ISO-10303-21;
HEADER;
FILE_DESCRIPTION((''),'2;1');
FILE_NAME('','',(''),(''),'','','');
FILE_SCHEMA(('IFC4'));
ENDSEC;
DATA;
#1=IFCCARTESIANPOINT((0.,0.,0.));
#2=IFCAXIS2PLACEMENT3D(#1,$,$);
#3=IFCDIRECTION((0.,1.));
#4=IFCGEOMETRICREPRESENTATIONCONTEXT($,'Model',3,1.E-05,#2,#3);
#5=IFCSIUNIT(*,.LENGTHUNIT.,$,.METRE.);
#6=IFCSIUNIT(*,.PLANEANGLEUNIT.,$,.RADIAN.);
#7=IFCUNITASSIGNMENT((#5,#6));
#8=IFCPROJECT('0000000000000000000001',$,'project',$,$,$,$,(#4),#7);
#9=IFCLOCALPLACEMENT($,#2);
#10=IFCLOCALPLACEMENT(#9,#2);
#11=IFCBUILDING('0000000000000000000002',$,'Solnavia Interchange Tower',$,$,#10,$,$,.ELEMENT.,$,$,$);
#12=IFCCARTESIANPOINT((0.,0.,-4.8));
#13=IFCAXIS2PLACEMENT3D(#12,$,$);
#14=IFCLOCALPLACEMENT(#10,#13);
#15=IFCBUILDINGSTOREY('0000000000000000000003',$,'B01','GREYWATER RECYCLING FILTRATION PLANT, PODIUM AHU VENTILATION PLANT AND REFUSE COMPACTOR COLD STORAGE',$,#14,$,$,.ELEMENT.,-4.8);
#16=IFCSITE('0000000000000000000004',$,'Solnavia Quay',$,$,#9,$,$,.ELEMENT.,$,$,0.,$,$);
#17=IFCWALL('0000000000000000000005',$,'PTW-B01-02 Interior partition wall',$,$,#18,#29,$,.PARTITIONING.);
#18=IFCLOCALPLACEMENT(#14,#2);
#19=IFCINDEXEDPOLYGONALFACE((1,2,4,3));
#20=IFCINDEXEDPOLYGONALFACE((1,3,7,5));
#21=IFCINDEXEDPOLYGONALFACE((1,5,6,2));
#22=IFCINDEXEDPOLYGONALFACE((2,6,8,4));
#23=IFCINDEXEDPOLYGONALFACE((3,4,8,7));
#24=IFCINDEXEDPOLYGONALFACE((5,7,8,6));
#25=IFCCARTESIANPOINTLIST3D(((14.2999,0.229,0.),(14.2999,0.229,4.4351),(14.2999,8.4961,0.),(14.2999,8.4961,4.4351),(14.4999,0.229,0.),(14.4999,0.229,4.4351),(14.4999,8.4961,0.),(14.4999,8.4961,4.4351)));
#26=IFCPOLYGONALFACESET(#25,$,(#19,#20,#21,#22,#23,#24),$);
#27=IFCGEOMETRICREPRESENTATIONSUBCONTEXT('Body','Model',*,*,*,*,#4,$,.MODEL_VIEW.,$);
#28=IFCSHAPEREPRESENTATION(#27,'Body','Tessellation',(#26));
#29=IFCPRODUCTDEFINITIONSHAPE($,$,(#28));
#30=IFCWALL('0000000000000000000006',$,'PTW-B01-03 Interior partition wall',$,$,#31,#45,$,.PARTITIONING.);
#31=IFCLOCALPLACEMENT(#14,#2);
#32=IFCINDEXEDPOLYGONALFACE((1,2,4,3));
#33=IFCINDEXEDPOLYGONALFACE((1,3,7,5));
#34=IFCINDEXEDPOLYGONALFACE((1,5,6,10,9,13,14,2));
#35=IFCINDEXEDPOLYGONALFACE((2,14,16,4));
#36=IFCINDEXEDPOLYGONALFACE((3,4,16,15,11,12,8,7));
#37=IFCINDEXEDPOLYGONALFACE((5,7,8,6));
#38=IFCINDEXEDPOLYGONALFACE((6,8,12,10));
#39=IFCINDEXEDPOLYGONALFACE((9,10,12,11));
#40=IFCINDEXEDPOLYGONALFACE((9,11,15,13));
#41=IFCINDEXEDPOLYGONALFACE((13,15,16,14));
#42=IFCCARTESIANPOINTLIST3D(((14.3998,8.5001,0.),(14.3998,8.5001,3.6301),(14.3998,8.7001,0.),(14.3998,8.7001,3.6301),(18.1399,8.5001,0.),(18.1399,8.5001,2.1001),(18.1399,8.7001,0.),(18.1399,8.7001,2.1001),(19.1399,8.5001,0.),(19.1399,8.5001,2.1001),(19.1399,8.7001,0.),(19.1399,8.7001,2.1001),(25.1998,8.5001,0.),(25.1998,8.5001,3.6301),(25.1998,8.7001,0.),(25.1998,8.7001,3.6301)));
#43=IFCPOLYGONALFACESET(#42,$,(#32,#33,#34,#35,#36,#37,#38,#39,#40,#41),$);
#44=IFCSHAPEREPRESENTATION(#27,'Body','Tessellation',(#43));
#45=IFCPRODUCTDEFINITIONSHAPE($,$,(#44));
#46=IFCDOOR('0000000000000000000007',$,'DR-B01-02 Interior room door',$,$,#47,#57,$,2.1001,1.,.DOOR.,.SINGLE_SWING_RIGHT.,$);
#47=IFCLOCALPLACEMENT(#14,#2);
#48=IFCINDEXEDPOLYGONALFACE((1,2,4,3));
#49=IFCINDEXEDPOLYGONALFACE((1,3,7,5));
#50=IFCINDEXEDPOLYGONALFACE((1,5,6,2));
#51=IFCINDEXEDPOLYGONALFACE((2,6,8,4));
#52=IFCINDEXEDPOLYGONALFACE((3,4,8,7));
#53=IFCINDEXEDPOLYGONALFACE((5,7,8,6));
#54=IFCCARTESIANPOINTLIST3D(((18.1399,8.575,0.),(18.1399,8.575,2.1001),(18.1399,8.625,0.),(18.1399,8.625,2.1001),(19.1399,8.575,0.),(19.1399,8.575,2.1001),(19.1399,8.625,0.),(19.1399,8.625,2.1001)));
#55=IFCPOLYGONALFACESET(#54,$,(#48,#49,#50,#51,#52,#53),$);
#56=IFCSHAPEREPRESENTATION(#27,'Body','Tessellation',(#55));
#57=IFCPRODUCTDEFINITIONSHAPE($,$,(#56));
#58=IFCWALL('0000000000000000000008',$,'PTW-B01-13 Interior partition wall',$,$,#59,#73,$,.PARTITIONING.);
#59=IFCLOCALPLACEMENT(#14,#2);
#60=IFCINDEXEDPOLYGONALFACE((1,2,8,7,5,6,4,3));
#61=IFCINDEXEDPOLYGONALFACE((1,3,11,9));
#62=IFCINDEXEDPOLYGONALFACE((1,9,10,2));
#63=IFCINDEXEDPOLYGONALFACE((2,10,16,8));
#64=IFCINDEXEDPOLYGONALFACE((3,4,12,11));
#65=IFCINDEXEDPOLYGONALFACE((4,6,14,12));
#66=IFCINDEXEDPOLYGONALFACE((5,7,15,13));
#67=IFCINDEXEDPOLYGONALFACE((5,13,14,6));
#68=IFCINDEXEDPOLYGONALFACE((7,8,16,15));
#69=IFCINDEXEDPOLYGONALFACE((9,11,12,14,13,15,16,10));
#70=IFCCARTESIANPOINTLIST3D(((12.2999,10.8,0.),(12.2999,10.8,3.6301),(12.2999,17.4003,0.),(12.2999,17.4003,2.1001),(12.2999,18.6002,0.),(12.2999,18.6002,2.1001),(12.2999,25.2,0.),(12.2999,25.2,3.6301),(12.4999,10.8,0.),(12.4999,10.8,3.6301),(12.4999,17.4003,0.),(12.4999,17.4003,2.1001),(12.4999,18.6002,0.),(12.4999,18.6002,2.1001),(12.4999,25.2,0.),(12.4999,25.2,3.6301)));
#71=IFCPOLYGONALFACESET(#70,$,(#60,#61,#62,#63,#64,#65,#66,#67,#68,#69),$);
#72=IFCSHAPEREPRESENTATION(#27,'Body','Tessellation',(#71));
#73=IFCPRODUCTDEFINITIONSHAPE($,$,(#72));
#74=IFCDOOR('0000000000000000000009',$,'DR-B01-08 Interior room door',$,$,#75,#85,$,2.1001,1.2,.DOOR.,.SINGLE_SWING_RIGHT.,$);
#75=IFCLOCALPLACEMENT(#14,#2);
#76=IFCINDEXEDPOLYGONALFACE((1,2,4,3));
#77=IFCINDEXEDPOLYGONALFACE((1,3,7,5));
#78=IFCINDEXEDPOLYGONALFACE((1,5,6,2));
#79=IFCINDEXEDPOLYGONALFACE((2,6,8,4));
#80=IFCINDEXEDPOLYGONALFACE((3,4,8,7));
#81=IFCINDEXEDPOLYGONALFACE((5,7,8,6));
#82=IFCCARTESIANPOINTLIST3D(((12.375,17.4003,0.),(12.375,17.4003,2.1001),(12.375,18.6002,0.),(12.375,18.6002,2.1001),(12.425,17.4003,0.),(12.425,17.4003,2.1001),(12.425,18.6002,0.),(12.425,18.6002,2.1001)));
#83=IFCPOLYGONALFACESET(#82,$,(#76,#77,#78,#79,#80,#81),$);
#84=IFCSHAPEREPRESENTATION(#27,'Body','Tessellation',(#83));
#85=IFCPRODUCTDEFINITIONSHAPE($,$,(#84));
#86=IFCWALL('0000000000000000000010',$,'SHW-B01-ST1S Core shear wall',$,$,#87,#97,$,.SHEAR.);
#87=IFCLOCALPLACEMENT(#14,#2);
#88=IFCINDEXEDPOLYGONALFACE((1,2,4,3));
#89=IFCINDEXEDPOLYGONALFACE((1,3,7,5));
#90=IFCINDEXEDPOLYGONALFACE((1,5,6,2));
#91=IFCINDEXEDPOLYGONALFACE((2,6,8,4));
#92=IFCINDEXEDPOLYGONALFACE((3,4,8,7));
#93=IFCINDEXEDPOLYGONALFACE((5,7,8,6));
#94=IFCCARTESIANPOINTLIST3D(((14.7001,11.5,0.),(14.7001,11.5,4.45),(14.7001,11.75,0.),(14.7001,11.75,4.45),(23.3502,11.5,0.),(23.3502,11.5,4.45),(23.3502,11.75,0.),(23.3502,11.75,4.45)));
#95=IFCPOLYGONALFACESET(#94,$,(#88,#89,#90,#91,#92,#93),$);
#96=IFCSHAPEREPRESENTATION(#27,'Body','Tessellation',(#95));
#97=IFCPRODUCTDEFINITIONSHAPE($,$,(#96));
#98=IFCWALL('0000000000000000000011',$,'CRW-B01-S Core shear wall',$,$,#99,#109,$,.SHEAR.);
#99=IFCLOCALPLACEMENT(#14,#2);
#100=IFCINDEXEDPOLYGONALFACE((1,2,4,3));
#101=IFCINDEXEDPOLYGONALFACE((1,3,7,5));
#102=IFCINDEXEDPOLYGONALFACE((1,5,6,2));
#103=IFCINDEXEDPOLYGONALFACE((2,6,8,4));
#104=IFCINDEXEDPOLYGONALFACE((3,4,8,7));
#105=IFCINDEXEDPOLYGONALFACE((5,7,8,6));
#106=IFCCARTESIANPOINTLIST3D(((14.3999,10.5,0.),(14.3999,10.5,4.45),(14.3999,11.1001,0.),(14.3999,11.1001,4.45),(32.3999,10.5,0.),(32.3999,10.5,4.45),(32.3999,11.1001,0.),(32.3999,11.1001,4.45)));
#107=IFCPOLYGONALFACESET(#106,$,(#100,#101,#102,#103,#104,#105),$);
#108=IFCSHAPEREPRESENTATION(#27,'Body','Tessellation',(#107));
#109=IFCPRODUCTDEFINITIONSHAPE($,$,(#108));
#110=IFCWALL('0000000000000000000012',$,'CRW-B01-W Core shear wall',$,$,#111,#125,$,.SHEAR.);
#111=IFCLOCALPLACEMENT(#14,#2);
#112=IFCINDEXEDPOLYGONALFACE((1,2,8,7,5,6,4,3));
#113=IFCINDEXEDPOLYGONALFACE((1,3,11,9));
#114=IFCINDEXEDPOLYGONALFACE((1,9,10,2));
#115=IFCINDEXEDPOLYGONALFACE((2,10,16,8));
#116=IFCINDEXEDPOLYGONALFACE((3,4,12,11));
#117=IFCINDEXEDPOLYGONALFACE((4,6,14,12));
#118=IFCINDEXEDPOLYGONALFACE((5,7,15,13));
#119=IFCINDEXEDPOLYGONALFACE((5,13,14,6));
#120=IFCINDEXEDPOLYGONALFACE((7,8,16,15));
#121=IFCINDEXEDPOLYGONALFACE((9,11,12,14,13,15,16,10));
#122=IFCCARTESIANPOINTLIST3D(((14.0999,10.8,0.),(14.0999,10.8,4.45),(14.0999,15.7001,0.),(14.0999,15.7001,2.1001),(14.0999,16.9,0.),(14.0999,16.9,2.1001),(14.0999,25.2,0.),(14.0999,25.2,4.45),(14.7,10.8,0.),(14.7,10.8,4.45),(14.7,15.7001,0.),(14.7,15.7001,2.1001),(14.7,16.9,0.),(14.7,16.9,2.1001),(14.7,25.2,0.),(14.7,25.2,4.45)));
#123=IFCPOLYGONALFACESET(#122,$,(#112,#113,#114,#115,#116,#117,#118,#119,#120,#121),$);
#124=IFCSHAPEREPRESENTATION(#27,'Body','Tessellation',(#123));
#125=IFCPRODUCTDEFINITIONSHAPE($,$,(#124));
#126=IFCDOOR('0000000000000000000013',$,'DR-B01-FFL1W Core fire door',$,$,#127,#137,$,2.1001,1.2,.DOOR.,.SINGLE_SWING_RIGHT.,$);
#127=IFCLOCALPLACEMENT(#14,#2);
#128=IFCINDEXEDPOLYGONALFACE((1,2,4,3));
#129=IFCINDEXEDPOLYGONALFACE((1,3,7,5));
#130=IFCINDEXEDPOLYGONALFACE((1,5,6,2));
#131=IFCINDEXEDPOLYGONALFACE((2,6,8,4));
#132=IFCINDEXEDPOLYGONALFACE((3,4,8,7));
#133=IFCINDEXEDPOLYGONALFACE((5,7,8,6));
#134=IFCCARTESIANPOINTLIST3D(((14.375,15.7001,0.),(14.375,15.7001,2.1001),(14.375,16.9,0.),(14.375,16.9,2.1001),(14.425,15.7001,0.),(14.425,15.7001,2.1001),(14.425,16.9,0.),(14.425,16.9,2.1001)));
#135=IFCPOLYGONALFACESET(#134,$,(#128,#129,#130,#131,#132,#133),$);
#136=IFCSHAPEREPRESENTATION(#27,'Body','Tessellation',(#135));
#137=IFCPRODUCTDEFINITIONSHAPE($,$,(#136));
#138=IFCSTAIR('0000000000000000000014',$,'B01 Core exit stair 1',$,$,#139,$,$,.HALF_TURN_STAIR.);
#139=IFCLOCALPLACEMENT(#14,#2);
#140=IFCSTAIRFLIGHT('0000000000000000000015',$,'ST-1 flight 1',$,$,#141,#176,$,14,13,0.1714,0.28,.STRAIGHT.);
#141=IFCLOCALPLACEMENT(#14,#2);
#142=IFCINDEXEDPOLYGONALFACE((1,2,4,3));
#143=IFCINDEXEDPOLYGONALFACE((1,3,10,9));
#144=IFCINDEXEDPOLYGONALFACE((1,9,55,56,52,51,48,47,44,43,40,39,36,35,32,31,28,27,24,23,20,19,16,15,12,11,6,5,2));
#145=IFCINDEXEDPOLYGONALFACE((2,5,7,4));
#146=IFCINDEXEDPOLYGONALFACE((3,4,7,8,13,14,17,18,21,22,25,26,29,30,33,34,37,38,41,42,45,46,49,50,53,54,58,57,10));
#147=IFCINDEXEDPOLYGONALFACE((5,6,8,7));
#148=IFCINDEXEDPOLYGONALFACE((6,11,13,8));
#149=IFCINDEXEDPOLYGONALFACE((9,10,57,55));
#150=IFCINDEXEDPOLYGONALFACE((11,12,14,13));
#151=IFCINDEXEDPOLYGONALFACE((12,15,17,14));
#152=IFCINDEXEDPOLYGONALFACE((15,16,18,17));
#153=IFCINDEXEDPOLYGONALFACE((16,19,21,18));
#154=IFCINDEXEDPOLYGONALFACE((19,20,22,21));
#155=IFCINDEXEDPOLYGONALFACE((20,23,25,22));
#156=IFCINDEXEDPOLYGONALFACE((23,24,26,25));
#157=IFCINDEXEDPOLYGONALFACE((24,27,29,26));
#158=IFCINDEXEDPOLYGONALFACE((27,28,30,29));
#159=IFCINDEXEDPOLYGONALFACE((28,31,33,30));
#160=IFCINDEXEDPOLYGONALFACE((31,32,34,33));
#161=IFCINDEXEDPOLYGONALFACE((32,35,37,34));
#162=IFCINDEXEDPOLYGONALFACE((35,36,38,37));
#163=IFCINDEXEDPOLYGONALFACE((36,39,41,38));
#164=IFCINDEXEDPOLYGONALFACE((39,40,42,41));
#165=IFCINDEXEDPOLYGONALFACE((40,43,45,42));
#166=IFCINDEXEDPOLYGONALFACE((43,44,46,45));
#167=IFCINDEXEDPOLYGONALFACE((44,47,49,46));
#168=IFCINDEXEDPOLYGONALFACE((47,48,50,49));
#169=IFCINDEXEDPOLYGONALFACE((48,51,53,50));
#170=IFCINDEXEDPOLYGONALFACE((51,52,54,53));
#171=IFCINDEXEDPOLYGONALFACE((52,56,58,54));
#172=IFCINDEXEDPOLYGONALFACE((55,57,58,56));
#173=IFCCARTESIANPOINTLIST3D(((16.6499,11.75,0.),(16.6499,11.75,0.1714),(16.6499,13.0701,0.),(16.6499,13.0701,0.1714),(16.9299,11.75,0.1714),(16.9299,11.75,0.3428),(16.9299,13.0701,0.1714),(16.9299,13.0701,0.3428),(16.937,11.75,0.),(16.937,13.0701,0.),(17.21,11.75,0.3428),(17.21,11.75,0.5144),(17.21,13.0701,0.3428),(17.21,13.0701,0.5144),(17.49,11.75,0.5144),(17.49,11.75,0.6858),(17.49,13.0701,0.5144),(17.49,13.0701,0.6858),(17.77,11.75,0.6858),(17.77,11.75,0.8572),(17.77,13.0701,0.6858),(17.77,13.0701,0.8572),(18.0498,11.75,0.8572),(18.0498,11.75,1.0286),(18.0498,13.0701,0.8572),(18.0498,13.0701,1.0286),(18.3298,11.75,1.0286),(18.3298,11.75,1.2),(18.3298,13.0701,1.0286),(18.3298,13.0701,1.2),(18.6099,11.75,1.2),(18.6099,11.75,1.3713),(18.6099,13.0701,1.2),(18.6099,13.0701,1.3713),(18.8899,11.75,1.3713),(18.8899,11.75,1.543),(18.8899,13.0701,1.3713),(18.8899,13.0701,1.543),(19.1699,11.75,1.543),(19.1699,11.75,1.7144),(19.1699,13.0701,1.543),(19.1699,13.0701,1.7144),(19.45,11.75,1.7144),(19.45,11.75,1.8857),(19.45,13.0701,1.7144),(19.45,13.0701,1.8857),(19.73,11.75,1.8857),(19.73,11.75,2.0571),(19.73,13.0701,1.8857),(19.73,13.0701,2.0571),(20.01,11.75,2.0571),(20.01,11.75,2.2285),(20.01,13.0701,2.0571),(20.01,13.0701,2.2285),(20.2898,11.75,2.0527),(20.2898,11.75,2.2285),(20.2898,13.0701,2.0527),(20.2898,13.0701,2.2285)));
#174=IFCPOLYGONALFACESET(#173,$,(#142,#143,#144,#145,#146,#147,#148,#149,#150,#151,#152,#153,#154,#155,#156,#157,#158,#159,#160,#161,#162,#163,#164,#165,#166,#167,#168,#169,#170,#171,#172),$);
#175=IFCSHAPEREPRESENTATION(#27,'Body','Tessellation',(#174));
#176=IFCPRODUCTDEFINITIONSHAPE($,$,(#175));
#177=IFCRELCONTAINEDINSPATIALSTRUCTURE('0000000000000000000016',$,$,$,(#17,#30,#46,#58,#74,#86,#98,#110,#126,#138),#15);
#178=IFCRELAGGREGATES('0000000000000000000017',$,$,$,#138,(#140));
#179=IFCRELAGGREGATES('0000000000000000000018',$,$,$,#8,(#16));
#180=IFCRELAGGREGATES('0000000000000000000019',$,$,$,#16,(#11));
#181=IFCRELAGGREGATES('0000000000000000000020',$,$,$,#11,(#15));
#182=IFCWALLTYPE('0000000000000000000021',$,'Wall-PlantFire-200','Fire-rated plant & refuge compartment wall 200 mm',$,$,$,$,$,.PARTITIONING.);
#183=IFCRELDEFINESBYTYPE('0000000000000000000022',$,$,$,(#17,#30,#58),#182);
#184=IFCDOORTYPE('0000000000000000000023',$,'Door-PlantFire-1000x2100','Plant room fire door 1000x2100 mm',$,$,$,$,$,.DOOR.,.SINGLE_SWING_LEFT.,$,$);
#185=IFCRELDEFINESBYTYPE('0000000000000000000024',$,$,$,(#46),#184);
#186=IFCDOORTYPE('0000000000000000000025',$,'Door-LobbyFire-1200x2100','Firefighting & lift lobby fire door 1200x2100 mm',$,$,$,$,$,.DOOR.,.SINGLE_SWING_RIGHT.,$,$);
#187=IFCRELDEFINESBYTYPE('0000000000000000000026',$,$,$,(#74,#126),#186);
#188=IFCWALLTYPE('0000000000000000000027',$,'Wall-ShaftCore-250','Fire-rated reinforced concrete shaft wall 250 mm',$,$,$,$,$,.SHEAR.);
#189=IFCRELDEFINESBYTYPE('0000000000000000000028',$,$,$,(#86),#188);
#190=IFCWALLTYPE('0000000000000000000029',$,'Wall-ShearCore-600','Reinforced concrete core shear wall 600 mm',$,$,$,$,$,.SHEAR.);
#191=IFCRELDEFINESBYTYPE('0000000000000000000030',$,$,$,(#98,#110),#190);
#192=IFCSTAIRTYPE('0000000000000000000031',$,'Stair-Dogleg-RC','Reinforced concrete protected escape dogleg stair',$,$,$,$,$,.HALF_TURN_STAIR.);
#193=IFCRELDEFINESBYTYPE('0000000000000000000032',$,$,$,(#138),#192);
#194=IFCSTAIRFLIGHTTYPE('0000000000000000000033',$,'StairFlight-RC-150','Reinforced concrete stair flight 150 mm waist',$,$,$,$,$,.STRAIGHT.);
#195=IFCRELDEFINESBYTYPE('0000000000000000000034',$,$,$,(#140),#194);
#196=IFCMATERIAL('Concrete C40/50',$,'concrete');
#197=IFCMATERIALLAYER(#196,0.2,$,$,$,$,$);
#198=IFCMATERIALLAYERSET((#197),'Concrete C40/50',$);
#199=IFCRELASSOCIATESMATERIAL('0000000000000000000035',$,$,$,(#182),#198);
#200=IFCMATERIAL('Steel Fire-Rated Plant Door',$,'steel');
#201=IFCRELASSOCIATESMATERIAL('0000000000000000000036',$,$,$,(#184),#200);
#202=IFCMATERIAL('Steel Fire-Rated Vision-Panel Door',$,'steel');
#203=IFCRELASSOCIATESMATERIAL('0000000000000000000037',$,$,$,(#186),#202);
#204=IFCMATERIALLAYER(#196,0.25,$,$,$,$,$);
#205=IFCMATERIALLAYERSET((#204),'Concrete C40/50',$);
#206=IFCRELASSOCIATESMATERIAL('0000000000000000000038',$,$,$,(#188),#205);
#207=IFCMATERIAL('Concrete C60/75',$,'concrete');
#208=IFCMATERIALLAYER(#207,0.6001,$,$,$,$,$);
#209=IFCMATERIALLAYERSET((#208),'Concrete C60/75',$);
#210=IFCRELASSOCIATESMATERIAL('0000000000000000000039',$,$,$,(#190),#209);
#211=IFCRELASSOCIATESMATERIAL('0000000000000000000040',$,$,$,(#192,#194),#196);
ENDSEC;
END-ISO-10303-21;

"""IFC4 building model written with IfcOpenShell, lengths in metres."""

from ifc_helpers import new_model, si_unit, direction, frame, frame_2d, origin, place, context, subcontext, project, spatial, polyline, rectangle, outline, extrude, material, layer, layer_set, type_object, element, fill, aggregate, save


model = new_model("IFC4")

# Units and contexts
model_context = context("Model", 3, precision=1e-05, world=origin(), true_north=direction((0.0, 1.0)))
body_context = subcontext(model_context, "Body", "Model", "MODEL_VIEW")
ifc_project = project(units=[si_unit("LENGTHUNIT", "METRE"), si_unit("PLANEANGLEUNIT", "RADIAN")], contexts=[model_context])

# Site, building, storey
site_placement = place(None, origin())
site = spatial("IfcSite", under=ifc_project, at=site_placement, Name="Solnavia Quay", CompositionType="ELEMENT", RefElevation=0.0)
building_placement = place(site_placement, origin())
building = spatial("IfcBuilding", under=site, at=building_placement, Name="Solnavia Interchange Tower", CompositionType="ELEMENT")
storey_placement = place(building_placement, frame((0.0, 0.0, -4.8)))
storey = spatial("IfcBuildingStorey", under=building, at=storey_placement, Name="B01", Description="GREYWATER RECYCLING FILTRATION PLANT, PODIUM AHU VENTILATION PLANT AND REFUSE COMPACTOR COLD STORAGE", CompositionType="ELEMENT", Elevation=-4.8)

# Shared definitions
ifc_material_1 = material(Name="Concrete C60/75", Category="concrete")

# Wall
ifc_material_2 = material(Name="Concrete C40/50", Category="concrete")
ifc_layer_1 = layer(ifc_material_2, 0.2)
ifc_layer_set_1 = layer_set([ifc_layer_1], Name="Concrete C40/50")
wall_type_1 = type_object("IfcWallType", Name="Wall-PlantFire-200", Description="Fire-rated plant & refuge compartment wall 200 mm", PredefinedType="PARTITIONING", material=ifc_layer_set_1)
wall_1_placement = place(storey_placement, frame((14.3999, 0.229, 0.0), z_axis=(0.0, 0.0, 1.0), x_axis=(0.0, 1.0, 0.0)))
element("IfcWall", 1, at=wall_1_placement, inside=storey, type_object=wall_type_1, Name="PTW-B01-02 Interior partition wall", PredefinedType="PARTITIONING", context=body_context, shape_type="SweptSolid", body=[
    extrude(rectangle(XDim=8.2671, YDim=0.2, at=frame_2d((4.1335, 0.0))), origin(), (0.0, 0.0, 1.0), 4.4351),
])

# Walls, openings, doors
wall_2_placement = place(storey_placement, frame((14.3999, 8.6001, 0.0), z_axis=(0.0, 0.0, 1.0), x_axis=(1.0, 0.0, 0.0)))
wall_2 = element("IfcWall", 2, at=wall_2_placement, inside=storey, type_object=wall_type_1, Name="PTW-B01-03 Interior partition wall", PredefinedType="PARTITIONING", context=body_context, shape_type="SweptSolid", body=[
    extrude(rectangle(XDim=10.8, YDim=0.2, at=frame_2d((5.3999, 0.0))), origin(), (0.0, 0.0, 1.0), 3.6301),
])
opening_1_placement = place(wall_2_placement, frame((3.74, 0.0, 0.0)))
opening_1 = element("IfcOpeningElement", 3, at=opening_1_placement, cuts=wall_2, PredefinedType="OPENING", context=body_context, shape_type="SweptSolid", body=[
    extrude(rectangle(XDim=1.0, YDim=2.1001, at=frame_2d((0.5, 1.05))), frame((0.0, 0.1099, 0.0), z_axis=(0.0, -1.0, 0.0), x_axis=(1.0, 0.0, 0.0)), (0.0, 0.0, 1.0), 0.22),
])
ifc_material_3 = material(Name="Steel Fire-Rated Plant Door", Category="steel")
door_type_1 = type_object("IfcDoorType", Name="Door-PlantFire-1000x2100", Description="Plant room fire door 1000x2100 mm", OperationType="SINGLE_SWING_LEFT", PredefinedType="DOOR", material=ifc_material_3)
door_1_placement = place(opening_1_placement, origin())
door_1 = element("IfcDoor", 4, at=door_1_placement, inside=storey, type_object=door_type_1, Name="DR-B01-02 Interior room door", OperationType="SINGLE_SWING_RIGHT", OverallHeight=2.1001, OverallWidth=1.0, PredefinedType="DOOR", context=body_context, shape_type="SweptSolid", body=[
    extrude(rectangle(XDim=1.0, YDim=2.1001, at=frame_2d((0.5, 1.05))), frame((0.0, 0.0249, 0.0), z_axis=(0.0, -1.0, 0.0), x_axis=(1.0, 0.0, 0.0)), (0.0, 0.0, 1.0), 0.05),
])
fill(opening_1, door_1)
wall_3_placement = place(storey_placement, frame((12.3999, 10.8, 0.0), z_axis=(0.0, 0.0, 1.0), x_axis=(0.0, 1.0, 0.0)))
wall_3 = element("IfcWall", 5, at=wall_3_placement, inside=storey, type_object=wall_type_1, Name="PTW-B01-13 Interior partition wall", PredefinedType="PARTITIONING", context=body_context, shape_type="SweptSolid", body=[
    extrude(rectangle(XDim=14.3999, YDim=0.2, at=frame_2d((7.2, 0.0))), origin(), (0.0, 0.0, 1.0), 3.6301),
])
opening_2_placement = place(wall_3_placement, frame((6.6001, 0.0, 0.0)))
opening_2 = element("IfcOpeningElement", 6, at=opening_2_placement, cuts=wall_3, PredefinedType="OPENING", context=body_context, shape_type="SweptSolid", body=[
    extrude(rectangle(XDim=1.2, YDim=2.1001, at=frame_2d((0.6001, 1.05))), frame((0.0, 0.1099, 0.0), z_axis=(0.0, -1.0, 0.0), x_axis=(1.0, 0.0, 0.0)), (0.0, 0.0, 1.0), 0.22),
])
ifc_material_4 = material(Name="Steel Fire-Rated Vision-Panel Door", Category="steel")
door_type_2 = type_object("IfcDoorType", Name="Door-LobbyFire-1200x2100", Description="Firefighting & lift lobby fire door 1200x2100 mm", OperationType="SINGLE_SWING_RIGHT", PredefinedType="DOOR", material=ifc_material_4)
door_2_placement = place(opening_2_placement, origin())
door_2 = element("IfcDoor", 7, at=door_2_placement, inside=storey, type_object=door_type_2, Name="DR-B01-08 Interior room door", OperationType="SINGLE_SWING_RIGHT", OverallHeight=2.1001, OverallWidth=1.2, PredefinedType="DOOR", context=body_context, shape_type="SweptSolid", body=[
    extrude(rectangle(XDim=1.2, YDim=2.1001, at=frame_2d((0.6001, 1.05))), frame((0.0, 0.0249, 0.0), z_axis=(0.0, -1.0, 0.0), x_axis=(1.0, 0.0, 0.0)), (0.0, 0.0, 1.0), 0.05),
])
fill(opening_2, door_2)

# Walls
ifc_layer_2 = layer(ifc_material_2, 0.25)
ifc_layer_set_2 = layer_set([ifc_layer_2], Name="Concrete C40/50")
wall_type_2 = type_object("IfcWallType", Name="Wall-ShaftCore-250", Description="Fire-rated reinforced concrete shaft wall 250 mm", PredefinedType="SHEAR", material=ifc_layer_set_2)
wall_4_placement = place(storey_placement, frame((14.7, 11.625, 0.0), z_axis=(0.0, 0.0, 1.0), x_axis=(1.0, 0.0, 0.0)))
element("IfcWall", 8, at=wall_4_placement, inside=storey, type_object=wall_type_2, Name="SHW-B01-ST1S Core shear wall", PredefinedType="SHEAR", context=body_context, shape_type="SweptSolid", body=[
    extrude(rectangle(XDim=8.6501, YDim=0.25, at=frame_2d((4.3252, 0.0))), origin(), (0.0, 0.0, 1.0), 4.45),
])
ifc_layer_3 = layer(ifc_material_1, 0.6001)
ifc_layer_set_3 = layer_set([ifc_layer_3], Name="Concrete C60/75")
wall_type_3 = type_object("IfcWallType", Name="Wall-ShearCore-600", Description="Reinforced concrete core shear wall 600 mm", PredefinedType="SHEAR", material=ifc_layer_set_3)
wall_5_placement = place(storey_placement, frame((14.3999, 10.8, 0.0), z_axis=(0.0, 0.0, 1.0), x_axis=(1.0, 0.0, 0.0)))
element("IfcWall", 9, at=wall_5_placement, inside=storey, type_object=wall_type_3, Name="CRW-B01-S Core shear wall", PredefinedType="SHEAR", context=body_context, shape_type="SweptSolid", body=[
    extrude(rectangle(XDim=18.0, YDim=0.6001, at=frame_2d((9.0, 0.0))), origin(), (0.0, 0.0, 1.0), 4.45),
])

# Wall, opening, door
wall_6_placement = place(storey_placement, frame((14.3999, 10.8, 0.0), z_axis=(0.0, 0.0, 1.0), x_axis=(0.0, 1.0, 0.0)))
wall_6 = element("IfcWall", 10, at=wall_6_placement, inside=storey, type_object=wall_type_3, Name="CRW-B01-W Core shear wall", PredefinedType="SHEAR", context=body_context, shape_type="SweptSolid", body=[
    extrude(rectangle(XDim=14.3999, YDim=0.6001, at=frame_2d((7.2, 0.0))), origin(), (0.0, 0.0, 1.0), 4.45),
])
opening_3_placement = place(wall_6_placement, frame((4.8999, 0.0, 0.0)))
opening_3 = element("IfcOpeningElement", 11, at=opening_3_placement, cuts=wall_6, PredefinedType="OPENING", context=body_context, shape_type="SweptSolid", body=[
    extrude(rectangle(XDim=1.2, YDim=2.1001, at=frame_2d((0.6001, 1.05))), frame((0.0, 0.3101, 0.0), z_axis=(0.0, -1.0, 0.0), x_axis=(1.0, 0.0, 0.0)), (0.0, 0.0, 1.0), 0.6201),
])
door_3_placement = place(opening_3_placement, origin())
door_3 = element("IfcDoor", 12, at=door_3_placement, inside=storey, type_object=door_type_2, Name="DR-B01-FFL1W Core fire door", OperationType="SINGLE_SWING_RIGHT", OverallHeight=2.1001, OverallWidth=1.2, PredefinedType="DOOR", context=body_context, shape_type="SweptSolid", body=[
    extrude(rectangle(XDim=1.2, YDim=2.1001, at=frame_2d((0.6001, 1.05))), frame((0.0, 0.0249, 0.0), z_axis=(0.0, -1.0, 0.0), x_axis=(1.0, 0.0, 0.0)), (0.0, 0.0, 1.0), 0.05),
])
fill(opening_3, door_3)

# Stair, stair flight
stair_type = type_object("IfcStairType", Name="Stair-Dogleg-RC", Description="Reinforced concrete protected escape dogleg stair", PredefinedType="HALF_TURN_STAIR", material=ifc_material_2)
stair_placement = place(storey_placement, origin())
stair = element("IfcStair", 13, at=stair_placement, inside=storey, type_object=stair_type, Name="B01 Core exit stair 1", PredefinedType="HALF_TURN_STAIR")
stair_flight_type = type_object("IfcStairFlightType", Name="StairFlight-RC-150", Description="Reinforced concrete stair flight 150 mm waist", PredefinedType="STRAIGHT", material=ifc_material_2)
stair_flight_placement = place(storey_placement, frame((16.6499, 12.4099, 0.0), z_axis=(0.0, 0.0, 1.0), x_axis=(1.0, 0.0, 0.0)))
stair_flight = element("IfcStairFlight", 14, at=stair_flight_placement, type_object=stair_flight_type, Name="ST-1 flight 1", NumberOfRisers=14, NumberOfTreads=13, PredefinedType="STRAIGHT", RiserHeight=0.1714, TreadLength=0.28, context=body_context, shape_type="SweptSolid", body=[
    extrude(outline(polyline([(0.0, 0.0), (0.0, 0.1714), (0.28, 0.1714), (0.28, 0.3428), (0.5601, 0.3428), (0.5601, 0.5144), (0.8401, 0.5144), (0.8401, 0.6858), (1.1201, 0.6858), (1.1201, 0.8572), (1.3999, 0.8572), (1.3999, 1.0286), (1.6799, 1.0286), (1.6799, 1.2), (1.96, 1.2), (1.96, 1.3713), (2.24, 1.3713), (2.24, 1.543), (2.52, 1.543), (2.52, 1.7144), (2.8, 1.7144), (2.8, 1.8857), (3.0801, 1.8857), (3.0801, 2.0571), (3.3601, 2.0571), (3.3601, 2.2285), (3.6399, 2.2285), (3.6399, 2.3999), (3.6399, 2.0527), (0.2871, 0.0), (0.0, 0.0)])), frame((0.0, 0.6602, 0.0), z_axis=(0.0, -1.0, 0.0), x_axis=(1.0, 0.0, 0.0)), (0.0, 0.0, 1.0), 1.3201),
])
aggregate(stair, [stair_flight])

save(model, "model.ifc")
